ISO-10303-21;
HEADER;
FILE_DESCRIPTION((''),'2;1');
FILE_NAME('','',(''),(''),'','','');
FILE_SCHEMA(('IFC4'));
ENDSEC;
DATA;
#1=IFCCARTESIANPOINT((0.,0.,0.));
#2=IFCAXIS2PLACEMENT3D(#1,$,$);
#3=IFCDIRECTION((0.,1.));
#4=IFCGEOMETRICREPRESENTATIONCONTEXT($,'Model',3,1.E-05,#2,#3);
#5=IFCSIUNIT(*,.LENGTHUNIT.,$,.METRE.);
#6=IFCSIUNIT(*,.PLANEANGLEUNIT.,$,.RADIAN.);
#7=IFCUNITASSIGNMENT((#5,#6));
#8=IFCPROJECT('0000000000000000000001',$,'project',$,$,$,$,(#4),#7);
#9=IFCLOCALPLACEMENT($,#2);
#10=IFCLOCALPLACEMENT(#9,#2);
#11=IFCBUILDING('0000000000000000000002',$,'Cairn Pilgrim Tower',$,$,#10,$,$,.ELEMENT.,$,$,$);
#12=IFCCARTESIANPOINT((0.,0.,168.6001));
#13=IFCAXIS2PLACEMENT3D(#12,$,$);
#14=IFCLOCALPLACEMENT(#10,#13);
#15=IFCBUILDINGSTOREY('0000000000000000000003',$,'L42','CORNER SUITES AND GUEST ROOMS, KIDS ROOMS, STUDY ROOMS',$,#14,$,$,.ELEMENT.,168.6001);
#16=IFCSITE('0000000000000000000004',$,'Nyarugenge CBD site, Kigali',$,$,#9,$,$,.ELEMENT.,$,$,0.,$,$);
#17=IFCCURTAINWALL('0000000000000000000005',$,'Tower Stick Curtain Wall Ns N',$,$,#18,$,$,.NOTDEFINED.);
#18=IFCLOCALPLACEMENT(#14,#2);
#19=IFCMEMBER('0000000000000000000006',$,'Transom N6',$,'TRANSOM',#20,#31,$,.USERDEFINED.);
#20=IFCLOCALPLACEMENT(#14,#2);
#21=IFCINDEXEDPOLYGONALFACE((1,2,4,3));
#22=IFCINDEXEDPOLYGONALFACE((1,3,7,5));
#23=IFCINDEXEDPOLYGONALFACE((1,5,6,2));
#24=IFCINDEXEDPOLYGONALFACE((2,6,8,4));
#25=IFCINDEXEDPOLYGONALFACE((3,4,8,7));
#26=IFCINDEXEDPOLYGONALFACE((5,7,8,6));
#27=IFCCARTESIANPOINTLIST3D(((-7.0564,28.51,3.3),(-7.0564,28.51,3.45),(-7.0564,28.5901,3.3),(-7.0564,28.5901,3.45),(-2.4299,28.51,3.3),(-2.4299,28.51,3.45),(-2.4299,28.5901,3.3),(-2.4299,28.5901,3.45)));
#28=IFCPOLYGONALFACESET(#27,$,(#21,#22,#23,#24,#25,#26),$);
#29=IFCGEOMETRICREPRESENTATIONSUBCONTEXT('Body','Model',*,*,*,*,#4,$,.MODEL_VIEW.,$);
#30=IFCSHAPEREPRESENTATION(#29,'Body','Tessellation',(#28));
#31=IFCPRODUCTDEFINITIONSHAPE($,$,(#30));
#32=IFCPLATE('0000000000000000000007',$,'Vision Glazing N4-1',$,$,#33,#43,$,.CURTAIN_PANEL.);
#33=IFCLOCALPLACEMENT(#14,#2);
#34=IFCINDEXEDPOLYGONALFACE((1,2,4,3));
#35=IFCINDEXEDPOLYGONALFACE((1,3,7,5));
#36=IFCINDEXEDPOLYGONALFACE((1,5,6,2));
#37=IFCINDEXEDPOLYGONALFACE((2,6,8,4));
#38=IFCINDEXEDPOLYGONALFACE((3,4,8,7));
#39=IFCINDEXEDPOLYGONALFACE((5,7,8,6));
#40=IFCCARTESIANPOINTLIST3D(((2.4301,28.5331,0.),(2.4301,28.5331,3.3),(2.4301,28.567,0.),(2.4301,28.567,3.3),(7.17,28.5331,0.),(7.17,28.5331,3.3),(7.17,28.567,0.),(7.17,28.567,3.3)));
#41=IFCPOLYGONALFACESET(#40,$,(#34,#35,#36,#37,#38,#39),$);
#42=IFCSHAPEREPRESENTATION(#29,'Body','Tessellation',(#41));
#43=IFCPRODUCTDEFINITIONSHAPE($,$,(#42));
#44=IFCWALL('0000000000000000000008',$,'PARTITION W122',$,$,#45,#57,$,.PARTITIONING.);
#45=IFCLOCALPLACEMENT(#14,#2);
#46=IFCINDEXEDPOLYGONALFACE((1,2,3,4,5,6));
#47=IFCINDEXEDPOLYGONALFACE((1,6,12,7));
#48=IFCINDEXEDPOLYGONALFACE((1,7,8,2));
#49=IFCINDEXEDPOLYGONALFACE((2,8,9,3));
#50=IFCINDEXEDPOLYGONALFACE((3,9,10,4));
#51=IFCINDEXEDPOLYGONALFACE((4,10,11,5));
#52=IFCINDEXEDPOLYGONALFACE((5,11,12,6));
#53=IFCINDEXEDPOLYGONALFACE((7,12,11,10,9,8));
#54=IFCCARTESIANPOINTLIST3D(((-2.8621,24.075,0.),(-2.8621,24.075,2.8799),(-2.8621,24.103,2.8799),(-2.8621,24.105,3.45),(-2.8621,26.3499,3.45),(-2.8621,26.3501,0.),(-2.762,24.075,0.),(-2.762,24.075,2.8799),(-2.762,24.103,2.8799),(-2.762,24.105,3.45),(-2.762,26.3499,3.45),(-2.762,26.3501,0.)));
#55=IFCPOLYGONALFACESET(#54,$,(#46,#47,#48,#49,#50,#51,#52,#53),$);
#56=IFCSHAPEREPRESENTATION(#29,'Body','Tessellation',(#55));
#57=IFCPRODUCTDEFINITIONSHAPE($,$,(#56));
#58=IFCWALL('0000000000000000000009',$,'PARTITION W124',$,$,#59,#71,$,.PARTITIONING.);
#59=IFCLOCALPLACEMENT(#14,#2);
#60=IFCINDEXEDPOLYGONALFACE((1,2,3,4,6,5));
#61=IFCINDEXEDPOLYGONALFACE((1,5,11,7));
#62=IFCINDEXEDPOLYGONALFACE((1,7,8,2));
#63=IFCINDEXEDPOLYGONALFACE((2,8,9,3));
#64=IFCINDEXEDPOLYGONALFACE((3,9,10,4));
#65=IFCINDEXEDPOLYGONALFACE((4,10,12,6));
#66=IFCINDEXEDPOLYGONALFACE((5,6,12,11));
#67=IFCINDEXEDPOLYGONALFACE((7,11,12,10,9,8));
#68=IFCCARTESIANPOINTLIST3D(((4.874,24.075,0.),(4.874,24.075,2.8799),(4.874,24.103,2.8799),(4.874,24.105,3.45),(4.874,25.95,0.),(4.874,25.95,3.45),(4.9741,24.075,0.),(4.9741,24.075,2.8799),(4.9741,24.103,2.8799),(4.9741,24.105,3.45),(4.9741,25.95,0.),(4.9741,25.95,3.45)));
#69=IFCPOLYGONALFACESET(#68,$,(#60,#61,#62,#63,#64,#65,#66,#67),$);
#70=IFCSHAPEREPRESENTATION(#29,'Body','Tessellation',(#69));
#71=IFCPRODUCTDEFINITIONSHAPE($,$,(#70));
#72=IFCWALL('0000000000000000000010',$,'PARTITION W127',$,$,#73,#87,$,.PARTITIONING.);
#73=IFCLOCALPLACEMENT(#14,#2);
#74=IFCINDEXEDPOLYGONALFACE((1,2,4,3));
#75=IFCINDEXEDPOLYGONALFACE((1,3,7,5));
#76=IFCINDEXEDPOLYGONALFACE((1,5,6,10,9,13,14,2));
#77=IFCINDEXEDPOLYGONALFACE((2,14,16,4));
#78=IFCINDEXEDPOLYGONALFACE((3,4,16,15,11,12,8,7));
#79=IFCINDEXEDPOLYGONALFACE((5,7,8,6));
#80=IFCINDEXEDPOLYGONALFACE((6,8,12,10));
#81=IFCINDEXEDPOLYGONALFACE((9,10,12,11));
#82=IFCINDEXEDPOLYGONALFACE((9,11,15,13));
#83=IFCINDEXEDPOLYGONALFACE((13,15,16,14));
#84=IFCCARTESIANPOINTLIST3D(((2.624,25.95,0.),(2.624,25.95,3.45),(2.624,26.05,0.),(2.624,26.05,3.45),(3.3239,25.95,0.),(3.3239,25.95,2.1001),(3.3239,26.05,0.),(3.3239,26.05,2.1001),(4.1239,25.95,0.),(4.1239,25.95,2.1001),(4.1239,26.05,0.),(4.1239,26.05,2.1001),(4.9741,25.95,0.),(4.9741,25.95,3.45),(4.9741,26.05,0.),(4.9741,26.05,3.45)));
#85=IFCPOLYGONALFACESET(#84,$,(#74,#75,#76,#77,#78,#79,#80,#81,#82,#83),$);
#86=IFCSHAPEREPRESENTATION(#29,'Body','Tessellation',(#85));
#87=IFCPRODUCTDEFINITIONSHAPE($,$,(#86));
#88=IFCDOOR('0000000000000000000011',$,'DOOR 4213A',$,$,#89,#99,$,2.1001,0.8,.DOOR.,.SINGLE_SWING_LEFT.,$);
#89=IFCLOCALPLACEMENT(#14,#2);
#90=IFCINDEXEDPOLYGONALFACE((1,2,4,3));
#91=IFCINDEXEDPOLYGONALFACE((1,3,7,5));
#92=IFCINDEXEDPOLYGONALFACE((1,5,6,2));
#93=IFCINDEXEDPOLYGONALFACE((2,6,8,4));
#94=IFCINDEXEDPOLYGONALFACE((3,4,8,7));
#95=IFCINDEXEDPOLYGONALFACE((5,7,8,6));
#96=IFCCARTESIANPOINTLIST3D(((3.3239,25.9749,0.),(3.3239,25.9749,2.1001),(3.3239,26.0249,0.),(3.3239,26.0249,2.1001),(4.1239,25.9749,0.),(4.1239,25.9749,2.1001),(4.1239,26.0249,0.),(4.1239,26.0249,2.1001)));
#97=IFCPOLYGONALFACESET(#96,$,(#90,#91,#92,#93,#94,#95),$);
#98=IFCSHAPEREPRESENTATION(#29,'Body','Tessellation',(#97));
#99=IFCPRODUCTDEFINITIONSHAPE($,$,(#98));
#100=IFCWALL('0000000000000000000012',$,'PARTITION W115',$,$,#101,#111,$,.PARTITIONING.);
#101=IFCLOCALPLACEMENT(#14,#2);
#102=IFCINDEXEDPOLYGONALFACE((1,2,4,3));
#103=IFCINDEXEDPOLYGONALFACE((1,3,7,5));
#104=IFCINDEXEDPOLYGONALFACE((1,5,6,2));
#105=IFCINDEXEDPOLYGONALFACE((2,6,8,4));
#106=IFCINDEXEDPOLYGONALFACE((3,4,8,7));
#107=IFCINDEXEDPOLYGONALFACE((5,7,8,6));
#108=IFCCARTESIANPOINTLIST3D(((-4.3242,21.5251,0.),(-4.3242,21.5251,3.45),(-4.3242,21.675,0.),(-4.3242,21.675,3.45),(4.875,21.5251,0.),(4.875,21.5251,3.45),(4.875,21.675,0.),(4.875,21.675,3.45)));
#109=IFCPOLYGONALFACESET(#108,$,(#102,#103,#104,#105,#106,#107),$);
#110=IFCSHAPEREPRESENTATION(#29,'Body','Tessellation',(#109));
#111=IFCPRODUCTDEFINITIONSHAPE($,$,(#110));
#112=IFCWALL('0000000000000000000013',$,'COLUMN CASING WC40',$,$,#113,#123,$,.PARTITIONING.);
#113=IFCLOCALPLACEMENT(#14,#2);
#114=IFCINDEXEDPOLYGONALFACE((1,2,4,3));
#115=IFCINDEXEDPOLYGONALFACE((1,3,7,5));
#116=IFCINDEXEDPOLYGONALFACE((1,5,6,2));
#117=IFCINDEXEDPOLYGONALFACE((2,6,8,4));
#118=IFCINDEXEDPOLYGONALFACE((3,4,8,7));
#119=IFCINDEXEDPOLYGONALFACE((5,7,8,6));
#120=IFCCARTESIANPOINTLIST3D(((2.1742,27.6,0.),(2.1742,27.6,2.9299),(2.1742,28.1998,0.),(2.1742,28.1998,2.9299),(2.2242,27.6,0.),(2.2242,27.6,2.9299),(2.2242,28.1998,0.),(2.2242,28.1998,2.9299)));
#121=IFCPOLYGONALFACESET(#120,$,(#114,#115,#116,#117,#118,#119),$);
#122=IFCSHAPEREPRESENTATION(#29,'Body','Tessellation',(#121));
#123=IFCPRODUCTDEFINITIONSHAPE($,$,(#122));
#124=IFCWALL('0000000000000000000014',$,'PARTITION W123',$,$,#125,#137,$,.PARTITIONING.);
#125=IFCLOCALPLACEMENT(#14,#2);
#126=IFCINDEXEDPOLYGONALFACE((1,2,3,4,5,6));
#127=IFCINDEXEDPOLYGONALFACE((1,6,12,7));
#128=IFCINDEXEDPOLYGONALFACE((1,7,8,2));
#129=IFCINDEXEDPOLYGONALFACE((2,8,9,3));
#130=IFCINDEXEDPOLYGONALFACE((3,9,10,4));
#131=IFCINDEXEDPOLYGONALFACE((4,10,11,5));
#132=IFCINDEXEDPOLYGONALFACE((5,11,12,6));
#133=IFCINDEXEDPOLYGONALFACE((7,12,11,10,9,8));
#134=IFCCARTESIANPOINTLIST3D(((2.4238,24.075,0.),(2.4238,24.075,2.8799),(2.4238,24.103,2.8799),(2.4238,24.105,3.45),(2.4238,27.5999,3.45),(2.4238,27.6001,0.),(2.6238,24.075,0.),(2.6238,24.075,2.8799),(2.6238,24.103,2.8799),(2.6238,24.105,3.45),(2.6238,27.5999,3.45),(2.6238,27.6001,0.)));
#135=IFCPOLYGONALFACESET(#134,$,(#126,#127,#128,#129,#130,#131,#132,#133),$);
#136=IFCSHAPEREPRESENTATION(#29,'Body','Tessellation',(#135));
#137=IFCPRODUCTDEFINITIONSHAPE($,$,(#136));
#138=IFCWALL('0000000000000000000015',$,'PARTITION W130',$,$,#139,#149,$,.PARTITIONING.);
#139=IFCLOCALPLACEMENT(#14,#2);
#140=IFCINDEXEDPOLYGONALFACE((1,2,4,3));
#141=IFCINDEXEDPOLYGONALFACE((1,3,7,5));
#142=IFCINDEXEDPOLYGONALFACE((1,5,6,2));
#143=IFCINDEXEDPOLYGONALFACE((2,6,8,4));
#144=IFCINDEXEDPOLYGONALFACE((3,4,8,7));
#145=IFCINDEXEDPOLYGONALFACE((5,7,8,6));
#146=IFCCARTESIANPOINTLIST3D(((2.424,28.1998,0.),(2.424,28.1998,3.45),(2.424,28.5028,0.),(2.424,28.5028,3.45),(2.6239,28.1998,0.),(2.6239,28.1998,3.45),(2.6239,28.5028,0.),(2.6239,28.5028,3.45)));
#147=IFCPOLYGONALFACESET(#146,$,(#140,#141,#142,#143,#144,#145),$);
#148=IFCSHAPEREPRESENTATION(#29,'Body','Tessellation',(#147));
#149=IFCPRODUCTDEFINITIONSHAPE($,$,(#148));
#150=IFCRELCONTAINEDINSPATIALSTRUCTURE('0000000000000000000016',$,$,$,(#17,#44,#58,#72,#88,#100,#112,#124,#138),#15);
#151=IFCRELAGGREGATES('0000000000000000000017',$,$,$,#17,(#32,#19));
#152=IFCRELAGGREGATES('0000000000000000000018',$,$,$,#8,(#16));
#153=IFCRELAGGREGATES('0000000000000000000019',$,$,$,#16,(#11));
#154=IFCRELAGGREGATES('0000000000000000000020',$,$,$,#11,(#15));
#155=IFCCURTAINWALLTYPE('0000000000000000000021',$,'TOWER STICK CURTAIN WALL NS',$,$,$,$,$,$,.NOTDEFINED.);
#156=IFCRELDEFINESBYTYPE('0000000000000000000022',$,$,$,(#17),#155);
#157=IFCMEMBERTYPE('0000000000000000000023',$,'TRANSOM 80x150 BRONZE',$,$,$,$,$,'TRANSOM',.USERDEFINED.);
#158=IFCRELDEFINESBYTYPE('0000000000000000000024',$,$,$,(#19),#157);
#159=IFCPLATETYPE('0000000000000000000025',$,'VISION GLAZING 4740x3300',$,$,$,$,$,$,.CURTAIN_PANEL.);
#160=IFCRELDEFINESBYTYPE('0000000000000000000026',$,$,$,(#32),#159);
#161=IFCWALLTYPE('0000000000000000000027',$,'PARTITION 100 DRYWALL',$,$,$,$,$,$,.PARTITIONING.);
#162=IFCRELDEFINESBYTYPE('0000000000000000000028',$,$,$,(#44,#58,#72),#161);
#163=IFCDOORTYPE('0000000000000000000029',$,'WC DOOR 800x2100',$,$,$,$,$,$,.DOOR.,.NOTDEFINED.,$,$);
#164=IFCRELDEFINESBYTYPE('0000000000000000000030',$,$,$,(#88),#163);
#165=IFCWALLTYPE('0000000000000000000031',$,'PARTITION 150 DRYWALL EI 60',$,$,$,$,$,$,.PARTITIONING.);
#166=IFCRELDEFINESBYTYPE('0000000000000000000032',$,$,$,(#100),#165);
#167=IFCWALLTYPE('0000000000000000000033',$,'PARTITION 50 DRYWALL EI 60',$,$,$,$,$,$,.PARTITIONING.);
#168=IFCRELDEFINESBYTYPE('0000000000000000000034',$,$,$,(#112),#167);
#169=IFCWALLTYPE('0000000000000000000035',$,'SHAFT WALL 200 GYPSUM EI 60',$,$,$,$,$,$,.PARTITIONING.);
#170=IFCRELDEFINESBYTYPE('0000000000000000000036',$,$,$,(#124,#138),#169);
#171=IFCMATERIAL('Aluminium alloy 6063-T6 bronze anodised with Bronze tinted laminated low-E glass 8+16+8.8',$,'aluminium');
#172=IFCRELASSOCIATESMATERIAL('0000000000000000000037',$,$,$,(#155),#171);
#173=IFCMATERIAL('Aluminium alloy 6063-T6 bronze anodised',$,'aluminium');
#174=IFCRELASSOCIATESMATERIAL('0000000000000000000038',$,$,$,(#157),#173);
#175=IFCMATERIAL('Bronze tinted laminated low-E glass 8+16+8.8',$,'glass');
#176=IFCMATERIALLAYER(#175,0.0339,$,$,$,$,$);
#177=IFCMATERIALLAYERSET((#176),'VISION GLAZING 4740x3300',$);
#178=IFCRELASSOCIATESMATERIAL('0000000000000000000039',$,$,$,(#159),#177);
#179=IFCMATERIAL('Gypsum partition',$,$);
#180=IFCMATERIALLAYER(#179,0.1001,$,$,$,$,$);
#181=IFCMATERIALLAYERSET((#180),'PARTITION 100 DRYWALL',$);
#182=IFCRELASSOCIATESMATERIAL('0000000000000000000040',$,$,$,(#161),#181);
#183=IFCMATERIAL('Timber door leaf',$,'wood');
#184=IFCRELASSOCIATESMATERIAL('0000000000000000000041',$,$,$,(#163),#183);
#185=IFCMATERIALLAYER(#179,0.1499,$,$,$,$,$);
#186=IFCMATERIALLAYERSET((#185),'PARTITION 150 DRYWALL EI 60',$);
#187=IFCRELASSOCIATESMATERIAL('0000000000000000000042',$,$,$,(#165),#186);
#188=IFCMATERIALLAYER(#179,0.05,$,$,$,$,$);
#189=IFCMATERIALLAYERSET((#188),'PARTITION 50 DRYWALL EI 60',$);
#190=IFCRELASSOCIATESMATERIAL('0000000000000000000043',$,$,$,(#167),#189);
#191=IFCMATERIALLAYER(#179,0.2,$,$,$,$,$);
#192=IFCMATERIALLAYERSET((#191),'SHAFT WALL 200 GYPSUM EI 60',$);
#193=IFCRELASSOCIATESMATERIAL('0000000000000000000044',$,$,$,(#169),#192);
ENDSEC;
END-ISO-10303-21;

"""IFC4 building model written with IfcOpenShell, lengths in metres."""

from ifc_helpers import new_model, si_unit, direction, frame, frame_2d, origin, origin_2d, place, context, subcontext, project, spatial, polyline, rectangle, outline, extrude, material, layer, layer_set, material_profile, profile_set, type_object, element, fill, aggregate, save


model = new_model("IFC4")

# Units and contexts
model_context = context("Model", 3, precision=1e-05, world=origin(), true_north=direction((0.0, 1.0)))
body_context = subcontext(model_context, "Body", "Model", "MODEL_VIEW")
ifc_project = project(units=[si_unit("LENGTHUNIT", "METRE"), si_unit("PLANEANGLEUNIT", "RADIAN")], contexts=[model_context])

# Site, building, storey
site_placement = place(None, origin())
site = spatial("IfcSite", under=ifc_project, at=site_placement, Name="Nyarugenge CBD site, Kigali", CompositionType="ELEMENT", RefElevation=0.0)
building_placement = place(site_placement, origin())
building = spatial("IfcBuilding", under=site, at=building_placement, Name="Cairn Pilgrim Tower", CompositionType="ELEMENT")
storey_placement = place(building_placement, frame((0.0, 0.0, 168.6001)))
storey = spatial("IfcBuildingStorey", under=building, at=storey_placement, Name="L42", Description="CORNER SUITES AND GUEST ROOMS, KIDS ROOMS, STUDY ROOMS", CompositionType="ELEMENT", Elevation=168.6001)

# Curtain wall
ifc_material_1 = material(Name="Aluminium alloy 6063-T6 bronze anodised with Bronze tinted laminated low-E glass 8+16+8.8", Category="aluminium")
curtain_wall_type = type_object("IfcCurtainWallType", Name="TOWER STICK CURTAIN WALL NS", PredefinedType="NOTDEFINED", material=ifc_material_1)
curtain_wall_placement = place(storey_placement, origin())
curtain_wall = element("IfcCurtainWall", 1, at=curtain_wall_placement, inside=storey, type_object=curtain_wall_type, Name="Tower Stick Curtain Wall Ns N", PredefinedType="NOTDEFINED")
ifc_material_2 = material(Name="Aluminium alloy 6063-T6 bronze anodised", Category="aluminium")

# Member
ifc_material_profile_1 = material_profile(ifc_material_2, rectangle(XDim=0.0801, YDim=0.1499, at=origin_2d()), Name="TRANSOM 80x150 BRONZE")
ifc_profile_set_1 = profile_set([ifc_material_profile_1], Name="Aluminium alloy 6063-T6 bronze anodised")
member_type_1 = type_object("IfcMemberType", Name="TRANSOM 80x150 BRONZE", ElementType="TRANSOM", PredefinedType="USERDEFINED", material=ifc_profile_set_1)
member_1_placement = place(storey_placement, frame((-2.4299, 28.55, 3.375), z_axis=(-1.0, 0.0, 0.0), x_axis=(0.0, -1.0, 0.0)))
member_1 = element("IfcMember", 2, at=member_1_placement, type_object=member_type_1, Name="Transom N6", ObjectType="TRANSOM", PredefinedType="USERDEFINED", context=body_context, shape_type="SweptSolid", body=[
    extrude(rectangle(XDim=0.0801, YDim=0.1499, at=origin_2d()), origin(), (0.0, 0.0, 1.0), 4.6265),
])

# Plate
ifc_material_3 = material(Name="Bronze tinted laminated low-E glass 8+16+8.8", Category="glass")
ifc_layer_1 = layer(ifc_material_3, 0.0339)
ifc_layer_set_1 = layer_set([ifc_layer_1], Name="VISION GLAZING 4740x3300")
plate_type = type_object("IfcPlateType", Name="VISION GLAZING 4740x3300", PredefinedType="CURTAIN_PANEL", material=ifc_layer_set_1)
plate_placement = place(storey_placement, frame((4.8, 28.55, 0.0), z_axis=(0.0, 0.0, 1.0), x_axis=(-1.0, 0.0, 0.0)))
plate = element("IfcPlate", 3, at=plate_placement, type_object=plate_type, Name="Vision Glazing N4-1", PredefinedType="CURTAIN_PANEL", context=body_context, shape_type="SweptSolid", body=[
    extrude(rectangle(XDim=4.74, YDim=0.0339, at=origin_2d()), origin(), (0.0, 0.0, 1.0), 3.3),
])
aggregate(curtain_wall, [plate, member_1])

# Walls
ifc_material_4 = material(Name="Gypsum partition")
ifc_layer_2 = layer(ifc_material_4, 0.1001)
ifc_layer_set_2 = layer_set([ifc_layer_2], Name="PARTITION 100 DRYWALL")
wall_type_1 = type_object("IfcWallType", Name="PARTITION 100 DRYWALL", PredefinedType="PARTITIONING", material=ifc_layer_set_2)
wall_1_placement = place(storey_placement, frame((-2.812, 24.075, 0.0), z_axis=(0.0, 0.0, 1.0), x_axis=(0.0, 1.0, 0.0)))
element("IfcWall", 4, at=wall_1_placement, inside=storey, type_object=wall_type_1, Name="PARTITION W122", PredefinedType="PARTITIONING", context=body_context, shape_type="SweptSolid", body=[
    extrude(outline(polyline([(0.0, 0.0), (2.2751, 0.0), (2.2749, 3.45), (0.03, 3.45), (0.0281, 2.8799), (0.0, 2.8799), (0.0, 0.0)])), frame((0.0, 0.05, 0.0), z_axis=(0.0, -1.0, 0.0), x_axis=(1.0, 0.0, 0.0)), (0.0, 0.0, 1.0), 0.1001),
])
wall_2_placement = place(storey_placement, frame((4.9241, 24.075, 0.0), z_axis=(0.0, 0.0, 1.0), x_axis=(0.0, 1.0, 0.0)))
element("IfcWall", 5, at=wall_2_placement, inside=storey, type_object=wall_type_1, Name="PARTITION W124", PredefinedType="PARTITIONING", context=body_context, shape_type="SweptSolid", body=[
    extrude(outline(polyline([(0.0, 0.0), (1.875, 0.0), (1.875, 3.45), (0.03, 3.45), (0.0281, 2.8799), (0.0, 2.8799), (0.0, 0.0)])), frame((0.0, 0.05, 0.0), z_axis=(0.0, -1.0, 0.0), x_axis=(1.0, 0.0, 0.0)), (0.0, 0.0, 1.0), 0.1001),
])

# Wall, opening, door
wall_3_placement = place(storey_placement, frame((2.624, 26.0, 0.0), z_axis=(0.0, 0.0, 1.0), x_axis=(1.0, 0.0, 0.0)))
wall_3 = element("IfcWall", 6, at=wall_3_placement, inside=storey, type_object=wall_type_1, Name="PARTITION W127", PredefinedType="PARTITIONING", context=body_context, shape_type="SweptSolid", body=[
    extrude(rectangle(XDim=2.3501, YDim=0.1001, at=frame_2d((1.175, 0.0))), origin(), (0.0, 0.0, 1.0), 3.45),
])
opening_1_placement = place(wall_3_placement, frame((0.7, 0.0, 0.0)))
opening_1 = element("IfcOpeningElement", 7, at=opening_1_placement, cuts=wall_3, PredefinedType="OPENING", context=body_context, shape_type="SweptSolid", body=[
    extrude(rectangle(XDim=0.8, YDim=2.1001, at=frame_2d((0.3999, 1.05))), frame((0.0, 0.0601, 0.0), z_axis=(0.0, -1.0, 0.0), x_axis=(1.0, 0.0, 0.0)), (0.0, 0.0, 1.0), 0.1201),
])
ifc_material_5 = material(Name="Timber door leaf", Category="wood")
door_type_1 = type_object("IfcDoorType", Name="WC DOOR 800x2100", OperationType="NOTDEFINED", PredefinedType="DOOR", material=ifc_material_5)
door_1_placement = place(opening_1_placement, origin())
door_1 = element("IfcDoor", 8, at=door_1_placement, inside=storey, type_object=door_type_1, Name="DOOR 4213A", OperationType="SINGLE_SWING_LEFT", OverallHeight=2.1001, OverallWidth=0.8, PredefinedType="DOOR", context=body_context, shape_type="SweptSolid", body=[
    extrude(rectangle(XDim=0.8, YDim=2.1001, at=frame_2d((0.3999, 1.05))), frame((0.0, 0.0249, 0.0), z_axis=(0.0, -1.0, 0.0), x_axis=(1.0, 0.0, 0.0)), (0.0, 0.0, 1.0), 0.05),
])
fill(opening_1, door_1)

# Walls
ifc_layer_3 = layer(ifc_material_4, 0.1499)
ifc_layer_set_3 = layer_set([ifc_layer_3], Name="PARTITION 150 DRYWALL EI 60")
wall_type_2 = type_object("IfcWallType", Name="PARTITION 150 DRYWALL EI 60", PredefinedType="PARTITIONING", material=ifc_layer_set_3)
wall_4_placement = place(storey_placement, frame((-4.3242, 21.6001, 0.0), z_axis=(0.0, 0.0, 1.0), x_axis=(1.0, 0.0, 0.0)))
element("IfcWall", 9, at=wall_4_placement, inside=storey, type_object=wall_type_2, Name="PARTITION W115", PredefinedType="PARTITIONING", context=body_context, shape_type="SweptSolid", body=[
    extrude(rectangle(XDim=9.1992, YDim=0.1499, at=frame_2d((4.5996, 0.0))), origin(), (0.0, 0.0, 1.0), 3.45),
])
ifc_layer_4 = layer(ifc_material_4, 0.05)
ifc_layer_set_4 = layer_set([ifc_layer_4], Name="PARTITION 50 DRYWALL EI 60")
wall_type_3 = type_object("IfcWallType", Name="PARTITION 50 DRYWALL EI 60", PredefinedType="PARTITIONING", material=ifc_layer_set_4)
wall_5_placement = place(storey_placement, frame((2.1992, 27.6001, 0.0), z_axis=(0.0, 0.0, 1.0), x_axis=(0.0, 1.0, 0.0)))
element("IfcWall", 10, at=wall_5_placement, inside=storey, type_object=wall_type_3, Name="COLUMN CASING WC40", PredefinedType="PARTITIONING", context=body_context, shape_type="SweptSolid", body=[
    extrude(rectangle(XDim=0.5999, YDim=0.05, at=frame_2d((0.2998, 0.0))), origin(), (0.0, 0.0, 1.0), 2.9299),
])
ifc_layer_5 = layer(ifc_material_4, 0.2)
ifc_layer_set_5 = layer_set([ifc_layer_5], Name="SHAFT WALL 200 GYPSUM EI 60")
wall_type_4 = type_object("IfcWallType", Name="SHAFT WALL 200 GYPSUM EI 60", PredefinedType="PARTITIONING", material=ifc_layer_set_5)
wall_6_placement = place(storey_placement, frame((2.5239, 24.075, 0.0), z_axis=(0.0, 0.0, 1.0), x_axis=(0.0, 1.0, 0.0)))
element("IfcWall", 11, at=wall_6_placement, inside=storey, type_object=wall_type_4, Name="PARTITION W123", PredefinedType="PARTITIONING", context=body_context, shape_type="SweptSolid", body=[
    extrude(outline(polyline([(0.0, 0.0), (3.5251, 0.0), (3.5249, 3.45), (0.03, 3.45), (0.0281, 2.8799), (0.0, 2.8799), (0.0, 0.0)])), frame((0.0, 0.1001, 0.0), z_axis=(0.0, -1.0, 0.0), x_axis=(1.0, 0.0, 0.0)), (0.0, 0.0, 1.0), 0.2),
])
wall_7_placement = place(storey_placement, frame((2.5239, 28.2, 0.0), z_axis=(0.0, 0.0, 1.0), x_axis=(0.0, 1.0, 0.0)))
element("IfcWall", 12, at=wall_7_placement, inside=storey, type_object=wall_type_4, Name="PARTITION W130", PredefinedType="PARTITIONING", context=body_context, shape_type="SweptSolid", body=[
    extrude(rectangle(XDim=0.303, YDim=0.2, at=frame_2d((0.1514, 0.0))), origin(), (0.0, 0.0, 1.0), 3.45),
])

save(model, "model.ifc")
